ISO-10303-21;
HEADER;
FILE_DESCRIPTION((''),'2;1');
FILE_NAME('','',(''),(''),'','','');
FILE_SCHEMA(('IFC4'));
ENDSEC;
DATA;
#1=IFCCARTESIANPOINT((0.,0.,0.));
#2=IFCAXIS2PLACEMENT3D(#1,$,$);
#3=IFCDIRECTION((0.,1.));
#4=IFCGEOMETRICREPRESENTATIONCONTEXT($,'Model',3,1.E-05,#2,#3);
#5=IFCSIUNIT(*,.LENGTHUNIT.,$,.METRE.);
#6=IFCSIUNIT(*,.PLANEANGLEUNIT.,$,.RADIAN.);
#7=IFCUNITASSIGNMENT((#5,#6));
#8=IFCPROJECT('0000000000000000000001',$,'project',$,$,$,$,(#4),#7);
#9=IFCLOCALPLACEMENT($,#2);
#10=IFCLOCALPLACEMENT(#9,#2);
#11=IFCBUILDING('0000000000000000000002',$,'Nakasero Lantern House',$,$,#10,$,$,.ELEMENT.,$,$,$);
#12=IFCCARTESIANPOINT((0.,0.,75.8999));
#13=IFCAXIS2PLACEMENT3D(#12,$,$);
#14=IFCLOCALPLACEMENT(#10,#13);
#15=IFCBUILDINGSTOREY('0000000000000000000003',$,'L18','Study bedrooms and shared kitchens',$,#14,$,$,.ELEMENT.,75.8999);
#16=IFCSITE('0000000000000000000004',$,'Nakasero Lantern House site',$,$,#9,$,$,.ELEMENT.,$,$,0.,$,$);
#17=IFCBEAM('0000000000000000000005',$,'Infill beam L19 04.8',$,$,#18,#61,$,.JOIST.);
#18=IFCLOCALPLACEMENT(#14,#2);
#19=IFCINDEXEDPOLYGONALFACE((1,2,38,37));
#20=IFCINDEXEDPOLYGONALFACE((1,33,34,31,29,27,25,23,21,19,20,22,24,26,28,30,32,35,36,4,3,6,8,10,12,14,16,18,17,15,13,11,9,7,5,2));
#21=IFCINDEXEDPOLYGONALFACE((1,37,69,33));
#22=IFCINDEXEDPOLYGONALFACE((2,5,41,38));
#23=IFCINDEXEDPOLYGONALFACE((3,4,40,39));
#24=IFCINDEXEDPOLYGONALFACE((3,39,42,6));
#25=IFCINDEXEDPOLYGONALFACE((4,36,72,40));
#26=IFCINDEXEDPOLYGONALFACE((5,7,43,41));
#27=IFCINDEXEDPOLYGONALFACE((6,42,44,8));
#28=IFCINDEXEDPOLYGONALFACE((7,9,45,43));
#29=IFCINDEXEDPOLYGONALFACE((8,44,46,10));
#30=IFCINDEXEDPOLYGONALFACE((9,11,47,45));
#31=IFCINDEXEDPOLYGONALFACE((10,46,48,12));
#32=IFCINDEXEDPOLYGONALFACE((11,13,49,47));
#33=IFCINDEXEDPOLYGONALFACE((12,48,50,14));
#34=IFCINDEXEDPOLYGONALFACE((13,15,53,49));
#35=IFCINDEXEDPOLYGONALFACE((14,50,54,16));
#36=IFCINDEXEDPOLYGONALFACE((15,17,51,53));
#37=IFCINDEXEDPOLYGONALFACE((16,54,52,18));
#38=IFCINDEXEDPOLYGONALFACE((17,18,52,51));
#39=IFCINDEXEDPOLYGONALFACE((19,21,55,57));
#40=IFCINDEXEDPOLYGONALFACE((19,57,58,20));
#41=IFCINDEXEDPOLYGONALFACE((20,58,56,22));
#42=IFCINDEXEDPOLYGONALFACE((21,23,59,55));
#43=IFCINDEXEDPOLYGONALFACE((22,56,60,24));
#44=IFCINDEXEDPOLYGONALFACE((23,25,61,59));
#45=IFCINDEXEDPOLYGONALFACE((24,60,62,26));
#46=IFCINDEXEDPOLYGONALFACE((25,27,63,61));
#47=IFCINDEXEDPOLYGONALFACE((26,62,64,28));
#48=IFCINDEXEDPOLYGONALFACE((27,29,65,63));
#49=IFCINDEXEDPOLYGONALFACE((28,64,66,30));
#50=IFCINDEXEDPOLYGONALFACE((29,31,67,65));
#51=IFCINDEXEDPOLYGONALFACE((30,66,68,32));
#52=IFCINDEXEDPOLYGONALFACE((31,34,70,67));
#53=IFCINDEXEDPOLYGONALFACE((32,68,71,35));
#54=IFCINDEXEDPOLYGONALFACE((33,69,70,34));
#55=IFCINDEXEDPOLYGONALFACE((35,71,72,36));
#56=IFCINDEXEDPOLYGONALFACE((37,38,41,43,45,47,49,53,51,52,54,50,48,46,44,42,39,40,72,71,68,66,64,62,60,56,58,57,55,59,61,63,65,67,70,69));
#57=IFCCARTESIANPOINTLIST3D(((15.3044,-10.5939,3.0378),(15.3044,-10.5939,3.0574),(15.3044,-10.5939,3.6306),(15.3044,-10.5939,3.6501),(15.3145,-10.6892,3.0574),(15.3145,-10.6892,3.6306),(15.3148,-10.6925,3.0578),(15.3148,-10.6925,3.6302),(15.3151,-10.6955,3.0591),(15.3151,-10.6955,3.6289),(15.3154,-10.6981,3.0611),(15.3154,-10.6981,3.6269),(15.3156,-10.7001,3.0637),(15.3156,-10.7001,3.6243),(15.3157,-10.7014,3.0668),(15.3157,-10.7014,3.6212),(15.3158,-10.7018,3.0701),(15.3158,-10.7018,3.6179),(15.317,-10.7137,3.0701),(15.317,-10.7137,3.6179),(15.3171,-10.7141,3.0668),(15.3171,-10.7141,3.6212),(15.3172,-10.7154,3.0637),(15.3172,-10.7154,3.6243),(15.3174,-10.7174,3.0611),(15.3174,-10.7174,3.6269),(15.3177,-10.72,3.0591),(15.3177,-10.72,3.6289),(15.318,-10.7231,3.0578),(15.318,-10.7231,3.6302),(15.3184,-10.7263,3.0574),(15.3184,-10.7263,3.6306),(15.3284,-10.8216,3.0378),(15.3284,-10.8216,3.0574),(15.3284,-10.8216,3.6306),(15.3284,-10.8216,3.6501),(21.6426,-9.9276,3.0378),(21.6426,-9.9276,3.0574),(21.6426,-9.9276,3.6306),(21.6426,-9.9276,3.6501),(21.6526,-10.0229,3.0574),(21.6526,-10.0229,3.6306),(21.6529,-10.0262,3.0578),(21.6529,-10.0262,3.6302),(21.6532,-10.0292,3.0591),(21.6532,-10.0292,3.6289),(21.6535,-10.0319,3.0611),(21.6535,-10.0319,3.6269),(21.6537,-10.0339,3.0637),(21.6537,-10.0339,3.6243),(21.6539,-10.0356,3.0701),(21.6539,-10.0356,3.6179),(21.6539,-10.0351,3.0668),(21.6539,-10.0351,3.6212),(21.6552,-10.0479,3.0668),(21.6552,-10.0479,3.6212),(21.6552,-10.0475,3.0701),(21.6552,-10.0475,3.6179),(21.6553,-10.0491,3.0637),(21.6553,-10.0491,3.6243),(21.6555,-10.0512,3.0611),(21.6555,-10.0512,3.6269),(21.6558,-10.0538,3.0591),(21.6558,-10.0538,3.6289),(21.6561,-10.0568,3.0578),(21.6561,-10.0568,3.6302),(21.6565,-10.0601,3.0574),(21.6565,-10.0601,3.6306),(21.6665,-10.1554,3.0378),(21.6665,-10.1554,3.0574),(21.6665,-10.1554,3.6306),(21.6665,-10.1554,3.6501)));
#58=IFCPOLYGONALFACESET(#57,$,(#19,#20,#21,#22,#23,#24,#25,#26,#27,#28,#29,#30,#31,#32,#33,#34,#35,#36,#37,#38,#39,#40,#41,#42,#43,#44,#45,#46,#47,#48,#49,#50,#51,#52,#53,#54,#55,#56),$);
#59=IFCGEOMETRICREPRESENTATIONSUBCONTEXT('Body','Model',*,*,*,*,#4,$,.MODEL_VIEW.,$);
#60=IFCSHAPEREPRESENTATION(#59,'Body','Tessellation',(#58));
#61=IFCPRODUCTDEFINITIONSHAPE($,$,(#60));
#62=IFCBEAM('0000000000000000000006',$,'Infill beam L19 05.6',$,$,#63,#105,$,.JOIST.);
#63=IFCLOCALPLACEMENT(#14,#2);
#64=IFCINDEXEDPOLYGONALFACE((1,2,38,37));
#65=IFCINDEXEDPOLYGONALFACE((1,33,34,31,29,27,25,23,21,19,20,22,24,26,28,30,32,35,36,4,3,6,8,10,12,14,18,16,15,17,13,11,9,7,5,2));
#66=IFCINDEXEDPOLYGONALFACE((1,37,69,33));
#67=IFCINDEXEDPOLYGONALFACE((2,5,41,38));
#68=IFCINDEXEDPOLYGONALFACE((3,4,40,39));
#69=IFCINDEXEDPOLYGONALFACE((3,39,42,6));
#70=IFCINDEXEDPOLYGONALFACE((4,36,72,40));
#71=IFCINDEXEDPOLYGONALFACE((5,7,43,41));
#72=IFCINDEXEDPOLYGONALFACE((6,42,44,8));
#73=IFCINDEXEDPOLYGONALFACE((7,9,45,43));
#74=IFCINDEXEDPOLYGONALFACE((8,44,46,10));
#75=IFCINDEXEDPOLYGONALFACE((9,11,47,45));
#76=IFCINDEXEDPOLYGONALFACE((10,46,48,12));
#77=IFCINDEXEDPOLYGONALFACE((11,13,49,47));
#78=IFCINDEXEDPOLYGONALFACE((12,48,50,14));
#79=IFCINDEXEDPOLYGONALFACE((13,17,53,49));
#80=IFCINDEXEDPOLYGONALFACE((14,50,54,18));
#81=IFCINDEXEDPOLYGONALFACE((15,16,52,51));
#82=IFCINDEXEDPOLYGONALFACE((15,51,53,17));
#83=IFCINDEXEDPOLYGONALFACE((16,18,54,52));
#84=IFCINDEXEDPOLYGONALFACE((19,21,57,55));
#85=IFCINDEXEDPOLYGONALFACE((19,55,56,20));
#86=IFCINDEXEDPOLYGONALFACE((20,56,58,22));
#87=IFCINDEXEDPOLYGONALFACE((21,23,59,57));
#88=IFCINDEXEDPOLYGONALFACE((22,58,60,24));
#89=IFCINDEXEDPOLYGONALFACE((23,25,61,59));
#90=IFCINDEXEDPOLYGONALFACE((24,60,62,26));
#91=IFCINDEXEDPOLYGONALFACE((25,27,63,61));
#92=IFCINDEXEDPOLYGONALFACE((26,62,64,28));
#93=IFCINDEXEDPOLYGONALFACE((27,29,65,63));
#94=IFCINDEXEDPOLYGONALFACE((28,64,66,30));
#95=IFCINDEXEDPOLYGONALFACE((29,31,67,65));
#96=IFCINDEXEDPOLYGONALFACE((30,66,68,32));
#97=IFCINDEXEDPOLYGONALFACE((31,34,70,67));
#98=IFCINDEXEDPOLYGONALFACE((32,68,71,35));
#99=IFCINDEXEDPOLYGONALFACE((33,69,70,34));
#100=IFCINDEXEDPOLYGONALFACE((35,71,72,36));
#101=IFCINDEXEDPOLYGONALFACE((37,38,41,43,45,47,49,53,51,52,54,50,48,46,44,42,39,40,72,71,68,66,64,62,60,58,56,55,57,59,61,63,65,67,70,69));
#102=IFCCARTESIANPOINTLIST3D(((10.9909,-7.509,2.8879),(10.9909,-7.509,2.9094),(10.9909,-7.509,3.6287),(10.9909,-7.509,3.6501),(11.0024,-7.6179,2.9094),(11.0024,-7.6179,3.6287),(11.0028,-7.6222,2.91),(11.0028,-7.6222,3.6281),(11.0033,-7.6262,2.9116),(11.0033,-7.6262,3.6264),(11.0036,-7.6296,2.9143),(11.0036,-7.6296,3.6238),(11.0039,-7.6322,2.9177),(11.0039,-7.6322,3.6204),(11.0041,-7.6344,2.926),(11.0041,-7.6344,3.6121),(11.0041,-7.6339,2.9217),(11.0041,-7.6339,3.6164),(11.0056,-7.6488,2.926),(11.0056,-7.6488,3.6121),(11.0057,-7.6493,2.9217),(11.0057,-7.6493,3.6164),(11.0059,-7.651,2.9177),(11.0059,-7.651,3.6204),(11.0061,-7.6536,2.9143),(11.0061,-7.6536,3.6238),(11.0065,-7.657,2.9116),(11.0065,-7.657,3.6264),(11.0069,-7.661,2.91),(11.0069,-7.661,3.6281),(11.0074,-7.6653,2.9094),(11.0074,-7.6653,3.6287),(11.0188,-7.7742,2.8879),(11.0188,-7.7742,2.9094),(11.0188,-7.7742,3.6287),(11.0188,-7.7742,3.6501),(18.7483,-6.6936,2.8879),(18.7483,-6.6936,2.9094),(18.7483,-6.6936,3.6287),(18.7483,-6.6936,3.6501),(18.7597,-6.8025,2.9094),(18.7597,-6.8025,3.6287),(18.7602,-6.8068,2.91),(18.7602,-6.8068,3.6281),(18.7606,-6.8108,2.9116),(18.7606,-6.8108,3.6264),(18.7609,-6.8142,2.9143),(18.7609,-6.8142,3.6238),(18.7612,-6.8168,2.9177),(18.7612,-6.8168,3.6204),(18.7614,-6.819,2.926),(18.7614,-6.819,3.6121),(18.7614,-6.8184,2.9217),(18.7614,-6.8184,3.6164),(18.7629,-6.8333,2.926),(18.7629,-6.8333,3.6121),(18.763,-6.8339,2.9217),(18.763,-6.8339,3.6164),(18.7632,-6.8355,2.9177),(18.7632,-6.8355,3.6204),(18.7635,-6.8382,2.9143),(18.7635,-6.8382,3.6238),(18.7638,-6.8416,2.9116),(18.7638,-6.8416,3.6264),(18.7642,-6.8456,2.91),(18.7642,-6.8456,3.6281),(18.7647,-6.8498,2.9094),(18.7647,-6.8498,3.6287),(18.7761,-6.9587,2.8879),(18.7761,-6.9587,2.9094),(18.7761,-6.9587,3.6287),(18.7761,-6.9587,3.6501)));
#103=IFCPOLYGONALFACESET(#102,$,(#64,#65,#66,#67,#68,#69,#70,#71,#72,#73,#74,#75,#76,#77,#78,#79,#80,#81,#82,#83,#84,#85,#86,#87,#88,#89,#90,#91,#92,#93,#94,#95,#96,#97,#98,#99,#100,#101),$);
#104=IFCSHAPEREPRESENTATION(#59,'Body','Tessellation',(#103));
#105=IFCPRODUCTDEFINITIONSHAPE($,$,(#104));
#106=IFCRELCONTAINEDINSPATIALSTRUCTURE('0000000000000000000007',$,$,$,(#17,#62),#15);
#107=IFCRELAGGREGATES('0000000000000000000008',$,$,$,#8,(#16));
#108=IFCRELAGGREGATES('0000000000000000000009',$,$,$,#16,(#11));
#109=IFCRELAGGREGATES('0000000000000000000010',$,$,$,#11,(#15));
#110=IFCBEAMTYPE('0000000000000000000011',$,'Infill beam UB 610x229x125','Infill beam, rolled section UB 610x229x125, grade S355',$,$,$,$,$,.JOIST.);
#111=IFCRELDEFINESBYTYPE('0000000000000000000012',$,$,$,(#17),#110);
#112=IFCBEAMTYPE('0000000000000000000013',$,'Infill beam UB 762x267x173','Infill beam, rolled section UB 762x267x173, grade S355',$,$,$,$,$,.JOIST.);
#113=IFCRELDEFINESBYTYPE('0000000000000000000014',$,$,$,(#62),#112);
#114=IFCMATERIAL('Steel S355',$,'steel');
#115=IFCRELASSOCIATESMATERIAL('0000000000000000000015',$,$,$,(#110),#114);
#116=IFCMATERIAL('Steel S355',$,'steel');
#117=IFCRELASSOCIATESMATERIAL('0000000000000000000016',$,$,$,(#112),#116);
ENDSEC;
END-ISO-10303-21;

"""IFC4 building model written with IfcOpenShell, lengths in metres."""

from ifc_helpers import new_model, si_unit, direction, frame, origin, origin_2d, place, context, subcontext, project, spatial, i_section, extrude, material, material_profile, profile_set, type_object, element, save


model = new_model("IFC4")

# Units and contexts
model_context = context("Model", 3, precision=1e-05, world=origin(), true_north=direction((0.0, 1.0)))
body_context = subcontext(model_context, "Body", "Model", "MODEL_VIEW")
ifc_project = project(units=[si_unit("LENGTHUNIT", "METRE"), si_unit("PLANEANGLEUNIT", "RADIAN")], contexts=[model_context])

# Site, building, storey
site_placement = place(None, origin())
site = spatial("IfcSite", under=ifc_project, at=site_placement, Name="Nakasero Lantern House site", CompositionType="ELEMENT", RefElevation=0.0)
building_placement = place(site_placement, origin())
building = spatial("IfcBuilding", under=site, at=building_placement, Name="Nakasero Lantern House", CompositionType="ELEMENT")
storey_placement = place(building_placement, frame((0.0, 0.0, 75.8999)))
storey = spatial("IfcBuildingStorey", under=building, at=storey_placement, Name="L18", Description="Study bedrooms and shared kitchens", CompositionType="ELEMENT", Elevation=75.8999)

# Beams
ifc_material_1 = material(Name="Steel S355", Category="steel")
ifc_material_profile_1 = material_profile(ifc_material_1, i_section(OverallWidth=0.229, OverallDepth=0.6123, WebThickness=0.012, FlangeThickness=0.0195, FilletRadius=0.0127, at=origin_2d()), Name="UB 610x229x125")
ifc_profile_set_1 = profile_set([ifc_material_profile_1], Name="Steel S355")
beam_type_1 = type_object("IfcBeamType", Name="Infill beam UB 610x229x125", Description="Infill beam, rolled section UB 610x229x125, grade S355", PredefinedType="JOIST", material=ifc_profile_set_1)
beam_1_placement = place(storey_placement, frame((15.3164, -10.7078, 3.344), z_axis=(0.99452, 0.104543, 0.0), x_axis=(-0.104543, 0.99452, 0.0)))
element("IfcBeam", 1, at=beam_1_placement, inside=storey, type_object=beam_type_1, Name="Infill beam L19 04.8", PredefinedType="JOIST", context=body_context, shape_type="SweptSolid", body=[
    extrude(i_section(OverallWidth=0.229, OverallDepth=0.6123, WebThickness=0.012, FlangeThickness=0.0195, FilletRadius=0.0127, at=origin_2d()), origin(), (0.0, 0.0, 1.0), 6.373),
])
ifc_material_2 = material(Name="Steel S355", Category="steel")
ifc_material_profile_2 = material_profile(ifc_material_2, i_section(OverallWidth=0.2666, OverallDepth=0.7622, WebThickness=0.0144, FlangeThickness=0.0215, FilletRadius=0.0166, at=origin_2d()), Name="UB 762x267x173")
ifc_profile_set_2 = profile_set([ifc_material_profile_2], Name="Steel S355")
beam_type_2 = type_object("IfcBeamType", Name="Infill beam UB 762x267x173", Description="Infill beam, rolled section UB 762x267x173, grade S355", PredefinedType="JOIST", material=ifc_profile_set_2)
beam_2_placement = place(storey_placement, frame((11.0049, -7.6416, 3.269), z_axis=(0.994521, 0.104541, 0.0), x_axis=(-0.104541, 0.994521, 0.0)))
element("IfcBeam", 2, at=beam_2_placement, inside=storey, type_object=beam_type_2, Name="Infill beam L19 05.6", PredefinedType="JOIST", context=body_context, shape_type="SweptSolid", body=[
    extrude(i_section(OverallWidth=0.2666, OverallDepth=0.7622, WebThickness=0.0144, FlangeThickness=0.0215, FilletRadius=0.0166, at=origin_2d()), origin(), (0.0, 0.0, 1.0), 7.8),
])

save(model, "model.ifc")
